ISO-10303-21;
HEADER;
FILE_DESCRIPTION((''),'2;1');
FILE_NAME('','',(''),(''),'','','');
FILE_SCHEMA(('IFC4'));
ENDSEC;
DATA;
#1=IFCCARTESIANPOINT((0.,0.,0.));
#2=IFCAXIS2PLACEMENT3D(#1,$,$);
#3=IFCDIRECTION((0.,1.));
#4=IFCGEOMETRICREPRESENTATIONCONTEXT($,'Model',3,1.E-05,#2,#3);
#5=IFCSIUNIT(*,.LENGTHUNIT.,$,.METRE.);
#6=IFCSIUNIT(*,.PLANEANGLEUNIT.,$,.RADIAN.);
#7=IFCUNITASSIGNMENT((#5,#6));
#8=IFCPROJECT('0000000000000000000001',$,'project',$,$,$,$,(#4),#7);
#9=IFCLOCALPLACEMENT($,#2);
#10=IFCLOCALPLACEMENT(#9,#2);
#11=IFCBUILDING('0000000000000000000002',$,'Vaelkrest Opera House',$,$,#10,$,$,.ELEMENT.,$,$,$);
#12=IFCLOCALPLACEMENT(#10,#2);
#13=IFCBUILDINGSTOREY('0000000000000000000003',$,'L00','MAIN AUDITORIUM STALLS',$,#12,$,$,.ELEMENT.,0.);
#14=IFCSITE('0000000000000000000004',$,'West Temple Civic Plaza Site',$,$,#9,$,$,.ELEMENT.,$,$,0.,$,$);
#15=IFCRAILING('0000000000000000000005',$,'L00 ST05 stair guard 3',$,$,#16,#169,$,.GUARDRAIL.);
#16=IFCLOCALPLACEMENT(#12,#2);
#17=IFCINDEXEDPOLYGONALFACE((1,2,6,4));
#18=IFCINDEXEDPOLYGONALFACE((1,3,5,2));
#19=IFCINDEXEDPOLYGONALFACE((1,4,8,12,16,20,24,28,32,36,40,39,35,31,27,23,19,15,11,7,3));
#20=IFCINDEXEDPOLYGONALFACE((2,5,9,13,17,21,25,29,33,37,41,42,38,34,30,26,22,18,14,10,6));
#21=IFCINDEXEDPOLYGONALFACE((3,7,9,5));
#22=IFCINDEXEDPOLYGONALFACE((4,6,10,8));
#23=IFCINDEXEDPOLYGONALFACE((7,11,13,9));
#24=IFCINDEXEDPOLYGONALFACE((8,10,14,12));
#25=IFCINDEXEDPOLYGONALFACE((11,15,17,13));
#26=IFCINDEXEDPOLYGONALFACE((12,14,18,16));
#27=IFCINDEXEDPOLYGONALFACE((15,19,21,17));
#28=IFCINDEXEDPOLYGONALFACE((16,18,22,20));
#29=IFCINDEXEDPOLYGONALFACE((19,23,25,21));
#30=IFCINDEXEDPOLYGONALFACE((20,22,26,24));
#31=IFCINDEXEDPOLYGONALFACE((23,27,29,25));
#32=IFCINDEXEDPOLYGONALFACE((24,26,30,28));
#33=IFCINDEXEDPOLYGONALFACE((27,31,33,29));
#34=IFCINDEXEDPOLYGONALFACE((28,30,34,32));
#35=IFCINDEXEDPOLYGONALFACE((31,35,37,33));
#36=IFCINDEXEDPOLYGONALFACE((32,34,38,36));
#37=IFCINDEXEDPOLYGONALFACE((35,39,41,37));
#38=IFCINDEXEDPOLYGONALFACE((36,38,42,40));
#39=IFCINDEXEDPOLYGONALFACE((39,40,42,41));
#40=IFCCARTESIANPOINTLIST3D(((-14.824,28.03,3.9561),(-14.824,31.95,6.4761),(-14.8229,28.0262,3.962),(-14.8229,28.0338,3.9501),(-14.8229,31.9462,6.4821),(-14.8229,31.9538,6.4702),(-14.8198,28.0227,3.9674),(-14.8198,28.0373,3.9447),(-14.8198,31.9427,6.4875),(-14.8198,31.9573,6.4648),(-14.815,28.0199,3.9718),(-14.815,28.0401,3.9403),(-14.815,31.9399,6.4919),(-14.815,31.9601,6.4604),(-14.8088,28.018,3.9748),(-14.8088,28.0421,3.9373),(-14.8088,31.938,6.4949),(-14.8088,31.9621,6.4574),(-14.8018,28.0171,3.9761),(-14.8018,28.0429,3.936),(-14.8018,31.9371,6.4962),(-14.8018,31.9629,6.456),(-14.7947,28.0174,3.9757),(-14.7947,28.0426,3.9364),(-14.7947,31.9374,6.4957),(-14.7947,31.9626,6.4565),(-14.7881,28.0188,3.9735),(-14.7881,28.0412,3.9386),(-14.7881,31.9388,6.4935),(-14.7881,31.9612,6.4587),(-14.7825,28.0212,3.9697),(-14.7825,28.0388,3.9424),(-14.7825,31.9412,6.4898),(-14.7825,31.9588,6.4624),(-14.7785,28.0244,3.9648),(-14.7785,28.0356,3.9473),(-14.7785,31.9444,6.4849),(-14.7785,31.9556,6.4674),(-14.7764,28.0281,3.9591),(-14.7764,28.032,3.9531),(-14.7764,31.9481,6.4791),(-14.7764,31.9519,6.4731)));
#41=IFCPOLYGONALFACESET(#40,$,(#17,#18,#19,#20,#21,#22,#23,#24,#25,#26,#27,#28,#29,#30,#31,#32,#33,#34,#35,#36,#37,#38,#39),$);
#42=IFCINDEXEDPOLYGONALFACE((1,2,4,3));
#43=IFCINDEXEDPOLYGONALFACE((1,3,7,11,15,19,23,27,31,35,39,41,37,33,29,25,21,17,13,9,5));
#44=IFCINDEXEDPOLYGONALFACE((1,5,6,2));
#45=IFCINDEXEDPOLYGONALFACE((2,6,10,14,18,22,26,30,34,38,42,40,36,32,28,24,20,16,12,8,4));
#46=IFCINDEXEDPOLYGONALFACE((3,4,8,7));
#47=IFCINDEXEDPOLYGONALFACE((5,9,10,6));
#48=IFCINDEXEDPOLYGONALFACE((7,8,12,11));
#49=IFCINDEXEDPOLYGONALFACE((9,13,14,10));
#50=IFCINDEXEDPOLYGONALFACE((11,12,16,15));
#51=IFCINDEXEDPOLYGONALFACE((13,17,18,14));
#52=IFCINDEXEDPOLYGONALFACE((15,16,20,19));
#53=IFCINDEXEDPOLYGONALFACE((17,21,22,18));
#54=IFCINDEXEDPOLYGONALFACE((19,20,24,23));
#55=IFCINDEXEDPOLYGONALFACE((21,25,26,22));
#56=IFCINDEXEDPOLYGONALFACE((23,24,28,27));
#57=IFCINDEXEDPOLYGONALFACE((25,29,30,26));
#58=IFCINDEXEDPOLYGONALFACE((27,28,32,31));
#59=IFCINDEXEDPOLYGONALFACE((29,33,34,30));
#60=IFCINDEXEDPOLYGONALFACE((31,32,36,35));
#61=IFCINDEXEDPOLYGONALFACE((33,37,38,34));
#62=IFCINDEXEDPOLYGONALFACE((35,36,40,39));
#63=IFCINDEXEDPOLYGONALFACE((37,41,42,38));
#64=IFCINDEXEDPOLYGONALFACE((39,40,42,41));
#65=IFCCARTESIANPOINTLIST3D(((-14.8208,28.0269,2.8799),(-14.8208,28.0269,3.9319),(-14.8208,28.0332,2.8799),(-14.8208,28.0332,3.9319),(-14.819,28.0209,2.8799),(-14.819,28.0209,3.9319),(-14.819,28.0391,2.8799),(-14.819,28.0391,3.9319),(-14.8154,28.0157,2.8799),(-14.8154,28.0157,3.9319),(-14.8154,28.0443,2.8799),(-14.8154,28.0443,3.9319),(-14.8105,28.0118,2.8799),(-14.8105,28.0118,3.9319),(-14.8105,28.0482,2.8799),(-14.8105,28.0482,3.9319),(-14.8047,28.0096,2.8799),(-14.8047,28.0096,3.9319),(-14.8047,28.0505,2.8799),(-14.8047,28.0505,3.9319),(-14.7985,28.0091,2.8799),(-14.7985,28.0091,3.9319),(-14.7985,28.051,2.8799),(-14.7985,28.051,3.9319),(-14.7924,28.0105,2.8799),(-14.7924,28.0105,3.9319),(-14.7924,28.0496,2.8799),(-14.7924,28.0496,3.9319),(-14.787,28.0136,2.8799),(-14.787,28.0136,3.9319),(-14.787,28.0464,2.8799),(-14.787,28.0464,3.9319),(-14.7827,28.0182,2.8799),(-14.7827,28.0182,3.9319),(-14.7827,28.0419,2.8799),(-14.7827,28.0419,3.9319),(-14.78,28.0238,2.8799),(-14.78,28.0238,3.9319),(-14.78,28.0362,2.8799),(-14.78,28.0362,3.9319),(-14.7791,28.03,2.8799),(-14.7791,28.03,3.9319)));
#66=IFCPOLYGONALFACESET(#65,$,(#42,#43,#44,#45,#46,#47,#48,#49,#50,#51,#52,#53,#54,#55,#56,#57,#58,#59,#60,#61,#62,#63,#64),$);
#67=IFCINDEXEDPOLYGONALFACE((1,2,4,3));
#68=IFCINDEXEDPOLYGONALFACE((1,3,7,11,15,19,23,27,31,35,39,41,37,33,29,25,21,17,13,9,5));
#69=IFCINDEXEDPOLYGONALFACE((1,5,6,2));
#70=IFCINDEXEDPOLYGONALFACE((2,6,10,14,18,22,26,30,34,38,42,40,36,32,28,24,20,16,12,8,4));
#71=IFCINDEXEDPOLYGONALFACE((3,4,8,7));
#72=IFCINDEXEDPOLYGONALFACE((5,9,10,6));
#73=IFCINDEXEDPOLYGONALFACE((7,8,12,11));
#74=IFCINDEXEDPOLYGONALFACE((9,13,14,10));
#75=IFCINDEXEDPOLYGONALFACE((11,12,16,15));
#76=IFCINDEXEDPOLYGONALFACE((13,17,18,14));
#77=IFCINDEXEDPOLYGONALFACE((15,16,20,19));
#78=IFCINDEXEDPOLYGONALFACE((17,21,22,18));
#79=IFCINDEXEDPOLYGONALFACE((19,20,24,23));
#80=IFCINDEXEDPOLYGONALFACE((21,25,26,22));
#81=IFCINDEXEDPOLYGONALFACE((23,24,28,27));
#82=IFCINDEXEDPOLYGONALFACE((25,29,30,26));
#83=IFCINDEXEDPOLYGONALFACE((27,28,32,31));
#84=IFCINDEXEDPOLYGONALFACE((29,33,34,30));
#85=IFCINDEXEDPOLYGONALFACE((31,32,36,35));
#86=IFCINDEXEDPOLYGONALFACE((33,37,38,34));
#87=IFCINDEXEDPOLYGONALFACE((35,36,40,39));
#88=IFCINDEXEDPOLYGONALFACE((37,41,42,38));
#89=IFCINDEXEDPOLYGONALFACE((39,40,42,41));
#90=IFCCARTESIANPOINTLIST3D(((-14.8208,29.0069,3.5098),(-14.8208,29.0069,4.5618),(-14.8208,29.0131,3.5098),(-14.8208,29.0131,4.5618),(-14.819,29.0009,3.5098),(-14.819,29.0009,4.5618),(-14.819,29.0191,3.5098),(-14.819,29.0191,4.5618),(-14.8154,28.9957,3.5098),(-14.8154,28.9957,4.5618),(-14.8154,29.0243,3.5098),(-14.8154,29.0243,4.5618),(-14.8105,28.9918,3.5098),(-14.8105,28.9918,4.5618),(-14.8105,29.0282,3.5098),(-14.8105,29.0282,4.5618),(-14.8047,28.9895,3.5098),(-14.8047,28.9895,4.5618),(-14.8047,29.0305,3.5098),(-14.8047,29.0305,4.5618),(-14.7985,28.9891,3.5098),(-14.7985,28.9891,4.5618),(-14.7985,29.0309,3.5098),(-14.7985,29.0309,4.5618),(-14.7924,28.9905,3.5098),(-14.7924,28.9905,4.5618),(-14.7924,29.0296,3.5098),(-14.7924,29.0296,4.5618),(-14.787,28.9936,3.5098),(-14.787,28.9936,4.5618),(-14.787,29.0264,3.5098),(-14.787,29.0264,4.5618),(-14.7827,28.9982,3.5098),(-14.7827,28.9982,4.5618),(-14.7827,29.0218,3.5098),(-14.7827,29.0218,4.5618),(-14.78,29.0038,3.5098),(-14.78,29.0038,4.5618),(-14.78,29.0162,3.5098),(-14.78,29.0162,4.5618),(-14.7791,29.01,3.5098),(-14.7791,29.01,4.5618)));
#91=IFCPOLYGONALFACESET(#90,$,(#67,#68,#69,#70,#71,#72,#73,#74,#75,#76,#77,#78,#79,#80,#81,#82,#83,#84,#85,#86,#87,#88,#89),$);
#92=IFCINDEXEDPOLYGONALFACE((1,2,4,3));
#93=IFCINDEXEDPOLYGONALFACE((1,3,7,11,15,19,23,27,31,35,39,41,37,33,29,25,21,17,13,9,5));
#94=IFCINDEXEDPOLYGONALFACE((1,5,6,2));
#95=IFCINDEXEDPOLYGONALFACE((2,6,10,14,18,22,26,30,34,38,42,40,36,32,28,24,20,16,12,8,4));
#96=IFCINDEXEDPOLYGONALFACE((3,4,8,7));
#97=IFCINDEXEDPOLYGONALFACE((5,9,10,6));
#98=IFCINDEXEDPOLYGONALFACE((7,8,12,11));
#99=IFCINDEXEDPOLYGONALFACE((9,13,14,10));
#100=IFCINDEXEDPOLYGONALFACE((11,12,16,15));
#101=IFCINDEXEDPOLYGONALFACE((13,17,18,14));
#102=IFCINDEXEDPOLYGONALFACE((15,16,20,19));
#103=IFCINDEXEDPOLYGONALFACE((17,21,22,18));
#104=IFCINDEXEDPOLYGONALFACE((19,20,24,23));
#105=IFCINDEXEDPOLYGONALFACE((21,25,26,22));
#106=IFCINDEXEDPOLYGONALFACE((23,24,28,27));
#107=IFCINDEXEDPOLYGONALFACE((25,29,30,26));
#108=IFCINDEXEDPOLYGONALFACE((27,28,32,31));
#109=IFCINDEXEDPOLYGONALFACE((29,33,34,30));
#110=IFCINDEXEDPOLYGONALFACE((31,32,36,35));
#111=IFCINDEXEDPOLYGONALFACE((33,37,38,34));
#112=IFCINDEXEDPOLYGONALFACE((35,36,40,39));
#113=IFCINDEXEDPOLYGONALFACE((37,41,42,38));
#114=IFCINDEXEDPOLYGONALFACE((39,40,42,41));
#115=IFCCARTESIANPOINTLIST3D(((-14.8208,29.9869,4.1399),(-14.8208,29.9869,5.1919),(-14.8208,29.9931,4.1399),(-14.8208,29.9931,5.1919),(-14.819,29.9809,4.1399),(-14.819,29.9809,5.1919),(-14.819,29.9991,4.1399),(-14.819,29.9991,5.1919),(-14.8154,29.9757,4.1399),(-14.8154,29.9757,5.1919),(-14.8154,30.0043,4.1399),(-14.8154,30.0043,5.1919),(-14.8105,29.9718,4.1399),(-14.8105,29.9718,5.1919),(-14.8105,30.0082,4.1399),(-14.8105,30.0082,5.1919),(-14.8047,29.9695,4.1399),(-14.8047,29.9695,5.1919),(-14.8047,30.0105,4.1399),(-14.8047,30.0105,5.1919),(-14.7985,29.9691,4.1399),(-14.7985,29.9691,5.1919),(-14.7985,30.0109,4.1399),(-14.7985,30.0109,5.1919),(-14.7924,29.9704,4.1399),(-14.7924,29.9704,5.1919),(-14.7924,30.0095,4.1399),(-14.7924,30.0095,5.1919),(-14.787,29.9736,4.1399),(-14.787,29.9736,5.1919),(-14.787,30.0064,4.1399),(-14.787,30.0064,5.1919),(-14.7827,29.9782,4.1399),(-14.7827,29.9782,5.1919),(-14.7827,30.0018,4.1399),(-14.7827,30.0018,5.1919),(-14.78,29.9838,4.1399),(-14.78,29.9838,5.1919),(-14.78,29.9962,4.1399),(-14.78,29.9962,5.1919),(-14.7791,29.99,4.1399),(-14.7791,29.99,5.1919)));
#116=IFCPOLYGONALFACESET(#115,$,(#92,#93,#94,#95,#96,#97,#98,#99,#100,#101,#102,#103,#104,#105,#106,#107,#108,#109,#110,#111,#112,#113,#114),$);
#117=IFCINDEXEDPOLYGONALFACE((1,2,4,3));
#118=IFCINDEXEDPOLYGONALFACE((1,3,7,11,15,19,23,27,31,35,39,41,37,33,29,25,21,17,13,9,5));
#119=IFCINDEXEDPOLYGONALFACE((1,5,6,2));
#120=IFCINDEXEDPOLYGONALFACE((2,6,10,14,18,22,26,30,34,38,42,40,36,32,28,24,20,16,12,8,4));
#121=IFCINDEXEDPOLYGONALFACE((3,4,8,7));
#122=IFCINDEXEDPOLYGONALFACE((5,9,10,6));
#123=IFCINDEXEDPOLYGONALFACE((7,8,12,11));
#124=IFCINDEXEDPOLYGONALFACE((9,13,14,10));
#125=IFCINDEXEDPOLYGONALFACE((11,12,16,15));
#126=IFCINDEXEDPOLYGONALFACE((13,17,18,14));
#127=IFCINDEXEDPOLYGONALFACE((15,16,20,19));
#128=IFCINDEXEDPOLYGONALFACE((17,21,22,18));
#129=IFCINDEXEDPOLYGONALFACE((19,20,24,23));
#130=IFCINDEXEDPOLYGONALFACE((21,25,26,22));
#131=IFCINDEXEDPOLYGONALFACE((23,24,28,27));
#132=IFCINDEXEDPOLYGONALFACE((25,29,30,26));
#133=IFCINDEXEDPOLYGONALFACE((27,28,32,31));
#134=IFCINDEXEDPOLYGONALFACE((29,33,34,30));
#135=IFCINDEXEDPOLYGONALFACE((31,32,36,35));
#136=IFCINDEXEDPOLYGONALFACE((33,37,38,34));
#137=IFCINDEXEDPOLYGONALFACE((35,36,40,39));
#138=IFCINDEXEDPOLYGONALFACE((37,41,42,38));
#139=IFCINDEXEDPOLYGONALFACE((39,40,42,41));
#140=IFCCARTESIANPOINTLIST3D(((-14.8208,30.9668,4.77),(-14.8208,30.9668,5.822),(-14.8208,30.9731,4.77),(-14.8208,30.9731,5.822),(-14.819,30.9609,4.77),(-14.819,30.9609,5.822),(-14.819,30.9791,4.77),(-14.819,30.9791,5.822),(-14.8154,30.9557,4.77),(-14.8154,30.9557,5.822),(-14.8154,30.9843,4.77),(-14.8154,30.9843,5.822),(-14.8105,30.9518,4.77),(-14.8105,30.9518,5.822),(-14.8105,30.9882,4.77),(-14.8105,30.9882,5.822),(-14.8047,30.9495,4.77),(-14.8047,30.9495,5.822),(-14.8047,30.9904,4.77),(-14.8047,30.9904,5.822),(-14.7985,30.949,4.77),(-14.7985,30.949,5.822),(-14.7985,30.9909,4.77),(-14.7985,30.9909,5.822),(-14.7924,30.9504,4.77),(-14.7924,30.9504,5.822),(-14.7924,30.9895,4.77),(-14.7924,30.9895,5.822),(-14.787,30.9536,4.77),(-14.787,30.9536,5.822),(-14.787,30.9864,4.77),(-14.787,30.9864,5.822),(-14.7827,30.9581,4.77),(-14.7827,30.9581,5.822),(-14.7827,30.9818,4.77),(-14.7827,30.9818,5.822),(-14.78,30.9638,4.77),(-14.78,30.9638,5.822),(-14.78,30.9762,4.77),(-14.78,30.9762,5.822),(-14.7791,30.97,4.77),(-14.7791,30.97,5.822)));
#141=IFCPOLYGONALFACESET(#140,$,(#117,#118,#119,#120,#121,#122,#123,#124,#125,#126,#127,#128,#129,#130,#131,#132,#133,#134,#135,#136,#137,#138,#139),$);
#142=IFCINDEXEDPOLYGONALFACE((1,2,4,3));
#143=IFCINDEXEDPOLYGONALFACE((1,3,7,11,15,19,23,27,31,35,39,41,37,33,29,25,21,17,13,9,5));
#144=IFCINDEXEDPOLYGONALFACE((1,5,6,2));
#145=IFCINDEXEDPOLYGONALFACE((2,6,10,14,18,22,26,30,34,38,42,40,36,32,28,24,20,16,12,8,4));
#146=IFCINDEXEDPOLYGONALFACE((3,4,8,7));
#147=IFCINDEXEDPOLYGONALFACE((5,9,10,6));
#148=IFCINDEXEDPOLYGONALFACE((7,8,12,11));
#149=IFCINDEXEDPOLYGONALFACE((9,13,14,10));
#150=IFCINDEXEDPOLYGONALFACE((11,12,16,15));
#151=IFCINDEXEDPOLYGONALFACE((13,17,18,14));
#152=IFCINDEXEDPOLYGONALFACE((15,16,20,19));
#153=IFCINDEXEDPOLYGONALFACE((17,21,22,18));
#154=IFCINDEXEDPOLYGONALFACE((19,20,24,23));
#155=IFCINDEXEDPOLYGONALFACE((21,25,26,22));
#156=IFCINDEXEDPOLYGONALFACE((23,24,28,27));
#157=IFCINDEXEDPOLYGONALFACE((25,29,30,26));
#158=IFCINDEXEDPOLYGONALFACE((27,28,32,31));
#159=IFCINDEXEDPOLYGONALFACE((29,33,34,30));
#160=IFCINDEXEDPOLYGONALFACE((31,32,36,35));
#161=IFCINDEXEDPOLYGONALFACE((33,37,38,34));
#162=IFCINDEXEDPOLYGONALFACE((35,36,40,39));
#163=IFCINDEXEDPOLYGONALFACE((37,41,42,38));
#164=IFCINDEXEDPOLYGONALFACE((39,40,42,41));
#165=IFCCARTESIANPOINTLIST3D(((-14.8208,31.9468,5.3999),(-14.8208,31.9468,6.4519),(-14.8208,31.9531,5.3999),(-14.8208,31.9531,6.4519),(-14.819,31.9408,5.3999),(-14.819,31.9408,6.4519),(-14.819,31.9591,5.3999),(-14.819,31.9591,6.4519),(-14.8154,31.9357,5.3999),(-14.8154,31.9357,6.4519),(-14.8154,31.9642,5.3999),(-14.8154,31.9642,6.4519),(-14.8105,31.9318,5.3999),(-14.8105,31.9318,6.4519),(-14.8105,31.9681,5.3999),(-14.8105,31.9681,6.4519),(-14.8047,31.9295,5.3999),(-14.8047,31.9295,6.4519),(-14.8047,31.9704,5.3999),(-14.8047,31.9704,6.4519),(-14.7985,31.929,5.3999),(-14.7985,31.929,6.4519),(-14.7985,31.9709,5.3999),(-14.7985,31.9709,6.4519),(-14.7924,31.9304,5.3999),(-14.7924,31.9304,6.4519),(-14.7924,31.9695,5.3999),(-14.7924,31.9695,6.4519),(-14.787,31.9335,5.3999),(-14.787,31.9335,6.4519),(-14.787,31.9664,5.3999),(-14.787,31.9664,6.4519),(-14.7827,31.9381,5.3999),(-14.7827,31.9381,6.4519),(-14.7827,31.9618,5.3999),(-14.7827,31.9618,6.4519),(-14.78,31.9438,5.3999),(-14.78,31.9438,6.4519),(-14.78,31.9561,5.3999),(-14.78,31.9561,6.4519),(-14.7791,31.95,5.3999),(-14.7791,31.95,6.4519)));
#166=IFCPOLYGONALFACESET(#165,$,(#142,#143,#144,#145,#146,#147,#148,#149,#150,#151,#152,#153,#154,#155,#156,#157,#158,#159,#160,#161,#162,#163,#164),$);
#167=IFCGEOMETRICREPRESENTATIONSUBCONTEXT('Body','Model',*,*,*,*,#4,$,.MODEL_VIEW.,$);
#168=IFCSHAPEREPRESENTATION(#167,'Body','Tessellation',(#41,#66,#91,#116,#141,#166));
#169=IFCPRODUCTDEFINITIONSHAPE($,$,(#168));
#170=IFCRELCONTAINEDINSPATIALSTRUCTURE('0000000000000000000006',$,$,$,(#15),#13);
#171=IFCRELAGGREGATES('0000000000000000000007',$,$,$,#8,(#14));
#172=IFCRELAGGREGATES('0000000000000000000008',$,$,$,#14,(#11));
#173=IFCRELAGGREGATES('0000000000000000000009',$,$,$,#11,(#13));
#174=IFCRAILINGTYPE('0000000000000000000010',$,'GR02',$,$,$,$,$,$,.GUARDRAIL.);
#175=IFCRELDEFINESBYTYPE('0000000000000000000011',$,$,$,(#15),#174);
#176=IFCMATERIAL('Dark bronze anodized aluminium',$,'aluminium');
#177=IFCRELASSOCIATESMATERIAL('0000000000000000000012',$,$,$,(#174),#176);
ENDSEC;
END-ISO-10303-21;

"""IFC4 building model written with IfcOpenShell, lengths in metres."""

from ifc_helpers import new_model, si_unit, direction, frame, origin, origin_2d, place, context, subcontext, project, spatial, circle, extrude, material, type_object, element, save


model = new_model("IFC4")

# Units and contexts
model_context = context("Model", 3, precision=1e-05, world=origin(), true_north=direction((0.0, 1.0)))
body_context = subcontext(model_context, "Body", "Model", "MODEL_VIEW")
ifc_project = project(units=[si_unit("LENGTHUNIT", "METRE"), si_unit("PLANEANGLEUNIT", "RADIAN")], contexts=[model_context])

# Site, building, storey
site_placement = place(None, origin())
site = spatial("IfcSite", under=ifc_project, at=site_placement, Name="West Temple Civic Plaza Site", CompositionType="ELEMENT", RefElevation=0.0)
building_placement = place(site_placement, origin())
building = spatial("IfcBuilding", under=site, at=building_placement, Name="Vaelkrest Opera House", CompositionType="ELEMENT")
storey_placement = place(building_placement, origin())
storey = spatial("IfcBuildingStorey", under=building, at=storey_placement, Name="L00", Description="MAIN AUDITORIUM STALLS", CompositionType="ELEMENT", Elevation=0.0)

# Railing
ifc_material_1 = material(Name="Dark bronze anodized aluminium", Category="aluminium")
railing_type_1 = type_object("IfcRailingType", Name="GR02", PredefinedType="GUARDRAIL", material=ifc_material_1)
railing_1_placement = place(storey_placement, frame((-14.8, 28.03, 2.8799)))
element("IfcRailing", 1, at=railing_1_placement, inside=storey, type_object=railing_type_1, Name="L00 ST05 stair guard 3", PredefinedType="GUARDRAIL", context=body_context, shape_type="SweptSolid", body=[
    extrude(circle(Radius=0.0239, at=origin_2d()), frame((0.0, 0.0, 1.0762), z_axis=(0.0, 0.841172, 0.540768), x_axis=(-1.0, 0.0, 0.0)), (0.0, 0.0, 1.0), 4.6602),
    extrude(circle(Radius=0.021, at=origin_2d()), origin(), (0.0, 0.0, 1.0), 1.052),
    extrude(circle(Radius=0.021, at=origin_2d()), frame((0.0, 0.98, 0.6299)), (0.0, 0.0, 1.0), 1.052),
    extrude(circle(Radius=0.021, at=origin_2d()), frame((0.0, 1.96, 1.26)), (0.0, 0.0, 1.0), 1.052),
    extrude(circle(Radius=0.021, at=origin_2d()), frame((0.0, 2.9399, 1.8901)), (0.0, 0.0, 1.0), 1.052),
    extrude(circle(Radius=0.021, at=origin_2d()), frame((0.0, 3.9199, 2.52)), (0.0, 0.0, 1.0), 1.052),
])

save(model, "model.ifc")
